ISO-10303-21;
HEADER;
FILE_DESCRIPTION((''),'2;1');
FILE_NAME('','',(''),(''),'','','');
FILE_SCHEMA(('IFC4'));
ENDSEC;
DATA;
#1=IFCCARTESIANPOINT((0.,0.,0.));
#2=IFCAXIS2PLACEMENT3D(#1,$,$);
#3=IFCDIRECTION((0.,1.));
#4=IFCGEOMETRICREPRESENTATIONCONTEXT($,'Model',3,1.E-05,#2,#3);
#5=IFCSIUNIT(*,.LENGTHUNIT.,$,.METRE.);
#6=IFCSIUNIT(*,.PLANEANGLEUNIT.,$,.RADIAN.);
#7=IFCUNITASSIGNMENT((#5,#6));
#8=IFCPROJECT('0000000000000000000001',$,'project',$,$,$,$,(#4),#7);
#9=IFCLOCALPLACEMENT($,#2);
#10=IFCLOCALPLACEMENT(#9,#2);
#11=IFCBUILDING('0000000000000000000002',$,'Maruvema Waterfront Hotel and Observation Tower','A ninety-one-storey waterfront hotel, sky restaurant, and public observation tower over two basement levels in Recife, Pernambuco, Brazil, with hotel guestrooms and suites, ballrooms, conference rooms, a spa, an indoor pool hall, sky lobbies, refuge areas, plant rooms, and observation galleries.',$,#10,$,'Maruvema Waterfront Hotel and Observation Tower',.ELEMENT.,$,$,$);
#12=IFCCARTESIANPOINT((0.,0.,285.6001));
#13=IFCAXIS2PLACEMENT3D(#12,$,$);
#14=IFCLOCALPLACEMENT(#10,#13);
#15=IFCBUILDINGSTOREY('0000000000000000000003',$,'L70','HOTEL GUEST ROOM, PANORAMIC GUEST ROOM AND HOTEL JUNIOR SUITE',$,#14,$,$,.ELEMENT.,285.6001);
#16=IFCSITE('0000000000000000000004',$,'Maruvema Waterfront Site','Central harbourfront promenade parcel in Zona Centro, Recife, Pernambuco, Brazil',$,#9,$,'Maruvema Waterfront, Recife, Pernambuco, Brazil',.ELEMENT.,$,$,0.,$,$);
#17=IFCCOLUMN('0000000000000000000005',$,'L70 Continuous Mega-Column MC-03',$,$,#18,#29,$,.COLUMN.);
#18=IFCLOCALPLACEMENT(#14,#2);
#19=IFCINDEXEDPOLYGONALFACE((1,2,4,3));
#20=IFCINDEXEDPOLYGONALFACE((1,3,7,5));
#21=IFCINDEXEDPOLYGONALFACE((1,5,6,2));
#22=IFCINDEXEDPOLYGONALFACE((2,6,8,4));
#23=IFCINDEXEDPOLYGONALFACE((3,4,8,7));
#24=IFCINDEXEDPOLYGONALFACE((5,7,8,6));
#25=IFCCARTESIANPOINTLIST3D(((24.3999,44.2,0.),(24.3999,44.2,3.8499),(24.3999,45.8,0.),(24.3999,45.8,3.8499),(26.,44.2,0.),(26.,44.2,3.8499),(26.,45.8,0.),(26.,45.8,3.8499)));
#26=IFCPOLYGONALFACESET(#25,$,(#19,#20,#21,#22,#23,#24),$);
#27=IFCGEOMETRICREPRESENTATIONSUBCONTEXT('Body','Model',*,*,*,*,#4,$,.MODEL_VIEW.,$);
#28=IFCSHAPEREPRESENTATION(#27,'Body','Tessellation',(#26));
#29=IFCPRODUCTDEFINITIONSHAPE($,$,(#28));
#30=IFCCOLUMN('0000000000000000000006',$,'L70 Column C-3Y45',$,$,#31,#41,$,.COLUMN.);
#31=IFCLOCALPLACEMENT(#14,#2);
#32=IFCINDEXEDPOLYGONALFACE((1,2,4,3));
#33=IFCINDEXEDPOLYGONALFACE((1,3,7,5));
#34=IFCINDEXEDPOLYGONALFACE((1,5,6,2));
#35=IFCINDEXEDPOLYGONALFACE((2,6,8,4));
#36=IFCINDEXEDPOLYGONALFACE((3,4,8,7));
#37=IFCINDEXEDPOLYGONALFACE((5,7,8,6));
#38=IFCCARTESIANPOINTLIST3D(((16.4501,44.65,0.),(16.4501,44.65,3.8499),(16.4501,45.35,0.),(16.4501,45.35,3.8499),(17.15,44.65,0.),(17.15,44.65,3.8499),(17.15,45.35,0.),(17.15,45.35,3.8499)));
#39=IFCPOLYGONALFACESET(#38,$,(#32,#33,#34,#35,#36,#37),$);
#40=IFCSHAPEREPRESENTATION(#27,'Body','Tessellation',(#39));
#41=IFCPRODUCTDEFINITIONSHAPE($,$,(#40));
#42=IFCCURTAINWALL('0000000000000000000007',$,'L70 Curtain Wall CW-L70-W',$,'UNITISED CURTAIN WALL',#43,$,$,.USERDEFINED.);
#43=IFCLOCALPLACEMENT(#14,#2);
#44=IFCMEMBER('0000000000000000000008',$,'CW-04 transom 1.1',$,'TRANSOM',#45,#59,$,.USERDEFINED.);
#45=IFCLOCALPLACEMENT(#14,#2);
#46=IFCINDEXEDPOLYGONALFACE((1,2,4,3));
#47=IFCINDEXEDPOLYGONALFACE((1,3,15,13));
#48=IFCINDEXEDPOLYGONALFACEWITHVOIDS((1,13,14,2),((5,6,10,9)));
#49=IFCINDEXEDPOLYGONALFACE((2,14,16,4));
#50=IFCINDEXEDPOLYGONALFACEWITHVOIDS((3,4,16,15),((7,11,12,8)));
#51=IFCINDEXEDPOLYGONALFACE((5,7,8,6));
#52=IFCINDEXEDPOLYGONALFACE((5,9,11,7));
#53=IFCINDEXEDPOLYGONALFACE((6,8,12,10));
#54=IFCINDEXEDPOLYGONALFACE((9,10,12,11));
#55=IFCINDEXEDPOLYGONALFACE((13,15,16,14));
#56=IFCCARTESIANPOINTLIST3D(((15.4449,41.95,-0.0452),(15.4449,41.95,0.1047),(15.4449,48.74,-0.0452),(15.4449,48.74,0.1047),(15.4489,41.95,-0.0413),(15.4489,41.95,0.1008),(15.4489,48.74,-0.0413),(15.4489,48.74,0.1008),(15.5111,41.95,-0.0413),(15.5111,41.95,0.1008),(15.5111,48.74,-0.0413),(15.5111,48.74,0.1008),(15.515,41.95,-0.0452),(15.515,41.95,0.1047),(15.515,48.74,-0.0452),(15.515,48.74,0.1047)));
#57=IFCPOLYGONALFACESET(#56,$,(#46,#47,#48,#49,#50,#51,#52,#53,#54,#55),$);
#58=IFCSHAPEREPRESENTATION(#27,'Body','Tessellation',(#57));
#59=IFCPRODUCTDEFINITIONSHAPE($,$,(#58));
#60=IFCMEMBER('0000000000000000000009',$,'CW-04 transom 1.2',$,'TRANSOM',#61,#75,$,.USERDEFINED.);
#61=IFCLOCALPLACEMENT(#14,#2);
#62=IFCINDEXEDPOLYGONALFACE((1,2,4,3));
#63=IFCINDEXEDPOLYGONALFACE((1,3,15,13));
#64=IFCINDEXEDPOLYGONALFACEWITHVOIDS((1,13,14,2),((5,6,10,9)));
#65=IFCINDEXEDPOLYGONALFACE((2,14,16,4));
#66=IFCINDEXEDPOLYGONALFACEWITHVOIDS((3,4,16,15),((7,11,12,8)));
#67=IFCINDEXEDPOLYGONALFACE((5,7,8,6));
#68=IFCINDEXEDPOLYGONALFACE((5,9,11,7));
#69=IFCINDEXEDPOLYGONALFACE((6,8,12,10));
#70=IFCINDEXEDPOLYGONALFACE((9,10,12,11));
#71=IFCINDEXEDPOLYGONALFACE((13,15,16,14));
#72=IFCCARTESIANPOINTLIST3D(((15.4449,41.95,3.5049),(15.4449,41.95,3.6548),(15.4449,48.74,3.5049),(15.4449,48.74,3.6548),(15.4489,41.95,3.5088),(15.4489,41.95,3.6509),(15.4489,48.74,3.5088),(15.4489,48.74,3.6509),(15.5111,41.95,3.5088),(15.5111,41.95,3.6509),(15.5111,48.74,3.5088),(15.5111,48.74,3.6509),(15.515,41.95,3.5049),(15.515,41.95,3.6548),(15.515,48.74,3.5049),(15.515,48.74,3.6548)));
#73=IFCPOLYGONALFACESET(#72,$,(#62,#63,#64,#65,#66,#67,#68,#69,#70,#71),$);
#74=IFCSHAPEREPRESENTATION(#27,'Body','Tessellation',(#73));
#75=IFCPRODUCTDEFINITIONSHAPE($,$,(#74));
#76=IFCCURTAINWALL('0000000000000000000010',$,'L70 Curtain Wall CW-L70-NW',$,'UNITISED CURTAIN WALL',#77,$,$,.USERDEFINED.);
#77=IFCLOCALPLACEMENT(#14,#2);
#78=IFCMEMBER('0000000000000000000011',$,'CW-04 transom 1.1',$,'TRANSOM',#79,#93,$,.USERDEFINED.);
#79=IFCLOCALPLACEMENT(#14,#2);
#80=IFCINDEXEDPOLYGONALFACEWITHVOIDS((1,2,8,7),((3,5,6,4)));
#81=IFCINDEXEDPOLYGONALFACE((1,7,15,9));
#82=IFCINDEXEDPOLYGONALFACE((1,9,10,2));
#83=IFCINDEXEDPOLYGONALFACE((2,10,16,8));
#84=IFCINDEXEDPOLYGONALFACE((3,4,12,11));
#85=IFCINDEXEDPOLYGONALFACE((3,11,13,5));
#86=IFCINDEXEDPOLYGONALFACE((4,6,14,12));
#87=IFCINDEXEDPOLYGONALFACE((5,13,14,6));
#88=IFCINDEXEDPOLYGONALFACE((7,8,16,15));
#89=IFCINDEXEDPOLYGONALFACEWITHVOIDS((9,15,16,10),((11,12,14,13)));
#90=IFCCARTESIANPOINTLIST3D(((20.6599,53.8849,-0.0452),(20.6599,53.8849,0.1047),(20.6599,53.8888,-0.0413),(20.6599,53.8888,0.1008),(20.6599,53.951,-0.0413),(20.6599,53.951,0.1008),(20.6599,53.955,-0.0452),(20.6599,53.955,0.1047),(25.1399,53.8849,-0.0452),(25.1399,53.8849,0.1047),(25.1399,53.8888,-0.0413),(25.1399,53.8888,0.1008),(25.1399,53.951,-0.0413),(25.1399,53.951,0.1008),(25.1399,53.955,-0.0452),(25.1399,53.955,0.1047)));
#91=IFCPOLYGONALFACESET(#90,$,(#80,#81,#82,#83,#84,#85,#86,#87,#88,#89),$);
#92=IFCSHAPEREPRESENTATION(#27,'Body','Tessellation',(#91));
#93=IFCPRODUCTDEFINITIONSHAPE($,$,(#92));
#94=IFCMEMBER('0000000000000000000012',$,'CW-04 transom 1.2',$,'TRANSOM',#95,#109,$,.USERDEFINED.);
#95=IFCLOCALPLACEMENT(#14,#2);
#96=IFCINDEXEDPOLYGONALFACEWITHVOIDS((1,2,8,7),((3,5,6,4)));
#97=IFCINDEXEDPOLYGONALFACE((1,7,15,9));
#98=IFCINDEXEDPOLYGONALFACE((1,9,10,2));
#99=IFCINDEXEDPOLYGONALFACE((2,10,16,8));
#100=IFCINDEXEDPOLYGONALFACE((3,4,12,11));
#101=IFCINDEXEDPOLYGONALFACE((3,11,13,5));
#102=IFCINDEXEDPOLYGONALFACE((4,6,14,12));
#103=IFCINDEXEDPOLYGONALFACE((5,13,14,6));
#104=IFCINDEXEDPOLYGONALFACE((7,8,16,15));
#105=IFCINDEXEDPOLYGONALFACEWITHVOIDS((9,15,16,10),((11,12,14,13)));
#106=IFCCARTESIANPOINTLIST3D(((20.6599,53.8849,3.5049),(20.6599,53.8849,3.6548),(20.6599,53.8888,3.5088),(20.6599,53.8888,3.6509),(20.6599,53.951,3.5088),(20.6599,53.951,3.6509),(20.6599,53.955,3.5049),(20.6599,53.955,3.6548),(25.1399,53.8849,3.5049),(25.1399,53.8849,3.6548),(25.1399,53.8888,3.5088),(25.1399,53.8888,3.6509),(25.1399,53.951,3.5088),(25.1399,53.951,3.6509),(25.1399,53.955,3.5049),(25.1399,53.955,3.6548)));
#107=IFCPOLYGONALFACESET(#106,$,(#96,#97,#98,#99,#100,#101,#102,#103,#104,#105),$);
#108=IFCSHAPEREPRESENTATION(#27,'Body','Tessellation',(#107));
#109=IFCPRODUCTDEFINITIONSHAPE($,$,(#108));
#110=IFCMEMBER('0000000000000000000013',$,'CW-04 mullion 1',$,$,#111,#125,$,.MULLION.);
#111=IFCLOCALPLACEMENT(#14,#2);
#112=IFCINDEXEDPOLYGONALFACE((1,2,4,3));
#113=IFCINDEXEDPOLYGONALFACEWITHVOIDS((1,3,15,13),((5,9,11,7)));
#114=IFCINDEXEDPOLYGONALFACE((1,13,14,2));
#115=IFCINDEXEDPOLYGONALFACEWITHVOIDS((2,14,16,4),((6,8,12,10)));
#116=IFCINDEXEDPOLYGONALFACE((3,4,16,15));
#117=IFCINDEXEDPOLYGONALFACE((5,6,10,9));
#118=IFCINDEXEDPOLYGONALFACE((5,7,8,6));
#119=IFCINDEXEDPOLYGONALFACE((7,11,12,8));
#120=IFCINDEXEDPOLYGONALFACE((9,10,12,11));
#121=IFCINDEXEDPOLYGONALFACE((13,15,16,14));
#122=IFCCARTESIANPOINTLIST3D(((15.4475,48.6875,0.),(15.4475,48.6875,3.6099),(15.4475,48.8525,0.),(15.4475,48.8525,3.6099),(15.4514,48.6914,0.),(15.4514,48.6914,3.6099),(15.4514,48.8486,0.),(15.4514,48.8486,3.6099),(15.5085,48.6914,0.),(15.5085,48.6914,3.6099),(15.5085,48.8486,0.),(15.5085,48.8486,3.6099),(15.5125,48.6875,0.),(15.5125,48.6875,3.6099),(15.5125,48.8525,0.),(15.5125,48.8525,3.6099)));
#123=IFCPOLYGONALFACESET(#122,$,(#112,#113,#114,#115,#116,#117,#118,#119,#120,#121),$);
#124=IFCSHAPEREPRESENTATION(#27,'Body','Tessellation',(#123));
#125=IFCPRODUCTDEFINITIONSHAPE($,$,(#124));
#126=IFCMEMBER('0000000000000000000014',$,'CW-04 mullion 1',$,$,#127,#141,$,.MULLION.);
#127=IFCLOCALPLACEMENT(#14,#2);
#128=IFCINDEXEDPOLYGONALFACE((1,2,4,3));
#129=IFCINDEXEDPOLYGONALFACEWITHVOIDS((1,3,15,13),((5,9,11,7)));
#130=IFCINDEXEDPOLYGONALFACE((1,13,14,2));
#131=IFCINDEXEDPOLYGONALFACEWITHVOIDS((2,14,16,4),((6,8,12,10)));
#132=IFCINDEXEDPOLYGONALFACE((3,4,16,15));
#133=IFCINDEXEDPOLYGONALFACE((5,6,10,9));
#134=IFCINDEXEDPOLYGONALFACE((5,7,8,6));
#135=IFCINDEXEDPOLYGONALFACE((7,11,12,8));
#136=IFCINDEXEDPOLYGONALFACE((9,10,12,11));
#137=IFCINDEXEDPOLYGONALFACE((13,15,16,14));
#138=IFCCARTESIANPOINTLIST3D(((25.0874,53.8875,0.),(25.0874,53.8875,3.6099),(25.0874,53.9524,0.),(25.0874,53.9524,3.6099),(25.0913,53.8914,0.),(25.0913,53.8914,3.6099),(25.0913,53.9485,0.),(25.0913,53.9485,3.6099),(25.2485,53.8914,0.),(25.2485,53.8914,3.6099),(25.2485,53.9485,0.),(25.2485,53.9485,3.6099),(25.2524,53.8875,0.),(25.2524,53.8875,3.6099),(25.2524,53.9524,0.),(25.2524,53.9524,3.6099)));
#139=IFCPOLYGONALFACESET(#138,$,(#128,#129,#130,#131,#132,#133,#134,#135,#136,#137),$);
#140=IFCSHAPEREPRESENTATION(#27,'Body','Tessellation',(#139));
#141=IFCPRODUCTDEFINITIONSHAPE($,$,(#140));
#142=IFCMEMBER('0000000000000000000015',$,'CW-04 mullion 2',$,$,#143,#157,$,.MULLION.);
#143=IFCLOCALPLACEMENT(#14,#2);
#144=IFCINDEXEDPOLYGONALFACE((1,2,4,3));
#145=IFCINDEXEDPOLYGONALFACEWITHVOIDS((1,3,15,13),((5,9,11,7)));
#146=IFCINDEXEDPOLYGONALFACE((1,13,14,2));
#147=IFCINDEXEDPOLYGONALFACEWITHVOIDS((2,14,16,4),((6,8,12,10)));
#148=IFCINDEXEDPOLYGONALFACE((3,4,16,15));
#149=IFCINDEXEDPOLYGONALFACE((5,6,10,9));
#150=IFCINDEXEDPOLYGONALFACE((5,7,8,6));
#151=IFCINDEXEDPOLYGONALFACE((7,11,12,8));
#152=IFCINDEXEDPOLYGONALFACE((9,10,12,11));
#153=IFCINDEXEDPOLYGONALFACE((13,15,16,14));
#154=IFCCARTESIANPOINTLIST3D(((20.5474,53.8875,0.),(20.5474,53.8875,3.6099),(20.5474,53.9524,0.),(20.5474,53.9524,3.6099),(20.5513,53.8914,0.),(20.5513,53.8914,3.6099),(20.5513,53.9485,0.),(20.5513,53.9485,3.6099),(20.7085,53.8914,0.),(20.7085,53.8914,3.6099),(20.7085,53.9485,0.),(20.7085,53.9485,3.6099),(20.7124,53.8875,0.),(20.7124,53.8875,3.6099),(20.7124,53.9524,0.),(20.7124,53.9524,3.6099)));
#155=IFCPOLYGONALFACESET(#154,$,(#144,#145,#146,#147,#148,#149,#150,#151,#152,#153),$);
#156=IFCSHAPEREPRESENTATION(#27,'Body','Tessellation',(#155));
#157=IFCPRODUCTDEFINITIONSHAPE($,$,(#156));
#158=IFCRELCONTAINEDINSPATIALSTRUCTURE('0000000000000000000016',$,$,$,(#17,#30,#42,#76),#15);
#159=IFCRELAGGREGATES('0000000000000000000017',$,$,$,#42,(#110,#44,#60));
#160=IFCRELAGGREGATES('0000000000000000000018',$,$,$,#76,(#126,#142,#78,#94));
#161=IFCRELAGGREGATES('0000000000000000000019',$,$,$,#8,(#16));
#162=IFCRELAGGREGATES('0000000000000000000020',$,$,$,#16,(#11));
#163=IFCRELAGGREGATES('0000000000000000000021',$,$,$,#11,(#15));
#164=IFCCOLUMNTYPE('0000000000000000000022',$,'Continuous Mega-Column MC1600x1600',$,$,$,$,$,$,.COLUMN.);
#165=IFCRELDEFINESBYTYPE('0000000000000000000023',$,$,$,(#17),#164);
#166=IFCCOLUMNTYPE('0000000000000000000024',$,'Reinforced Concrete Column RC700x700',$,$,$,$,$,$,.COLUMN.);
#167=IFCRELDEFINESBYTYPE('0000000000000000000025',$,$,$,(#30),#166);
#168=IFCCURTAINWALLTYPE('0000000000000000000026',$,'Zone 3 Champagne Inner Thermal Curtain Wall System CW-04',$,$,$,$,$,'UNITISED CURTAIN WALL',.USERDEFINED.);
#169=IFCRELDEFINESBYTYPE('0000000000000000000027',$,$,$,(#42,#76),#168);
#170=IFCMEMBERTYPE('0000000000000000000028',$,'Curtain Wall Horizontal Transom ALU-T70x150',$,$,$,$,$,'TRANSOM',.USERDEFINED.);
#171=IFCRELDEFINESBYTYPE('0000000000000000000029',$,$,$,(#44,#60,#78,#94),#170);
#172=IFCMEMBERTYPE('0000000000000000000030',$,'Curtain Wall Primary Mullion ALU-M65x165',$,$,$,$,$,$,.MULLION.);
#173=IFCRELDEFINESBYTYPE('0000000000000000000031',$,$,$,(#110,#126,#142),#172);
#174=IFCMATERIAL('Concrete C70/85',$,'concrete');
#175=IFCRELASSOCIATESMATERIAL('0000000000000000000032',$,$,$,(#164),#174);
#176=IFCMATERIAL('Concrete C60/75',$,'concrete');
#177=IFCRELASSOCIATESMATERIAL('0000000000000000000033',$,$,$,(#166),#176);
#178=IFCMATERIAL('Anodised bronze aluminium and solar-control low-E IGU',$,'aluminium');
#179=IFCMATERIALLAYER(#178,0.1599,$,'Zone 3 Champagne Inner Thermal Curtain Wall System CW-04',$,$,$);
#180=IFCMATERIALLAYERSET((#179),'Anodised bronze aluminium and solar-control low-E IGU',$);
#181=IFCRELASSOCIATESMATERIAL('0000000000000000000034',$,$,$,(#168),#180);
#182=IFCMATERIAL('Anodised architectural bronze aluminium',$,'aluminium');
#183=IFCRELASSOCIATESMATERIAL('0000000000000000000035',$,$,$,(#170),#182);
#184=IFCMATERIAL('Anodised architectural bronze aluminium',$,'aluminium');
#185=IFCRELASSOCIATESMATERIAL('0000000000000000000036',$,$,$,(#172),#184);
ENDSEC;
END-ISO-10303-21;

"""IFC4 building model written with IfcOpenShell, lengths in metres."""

from ifc_helpers import new_model, si_unit, direction, frame, origin, origin_2d, place, context, subcontext, project, spatial, rectangle, hollow_rectangle, extrude, material, layer, layer_set, material_profile, profile_set, type_object, element, aggregate, save


model = new_model("IFC4")

# Units and contexts
model_context = context("Model", 3, precision=1e-05, world=origin(), true_north=direction((0.0, 1.0)))
body_context = subcontext(model_context, "Body", "Model", "MODEL_VIEW")
ifc_project = project(units=[si_unit("LENGTHUNIT", "METRE"), si_unit("PLANEANGLEUNIT", "RADIAN")], contexts=[model_context])

# Site, building, storey
site_placement = place(None, origin())
site = spatial("IfcSite", under=ifc_project, at=site_placement, Name="Maruvema Waterfront Site", Description="Central harbourfront promenade parcel in Zona Centro, Recife, Pernambuco, Brazil", LongName="Maruvema Waterfront, Recife, Pernambuco, Brazil", CompositionType="ELEMENT", RefElevation=0.0)
building_placement = place(site_placement, origin())
building = spatial("IfcBuilding", under=site, at=building_placement, Name="Maruvema Waterfront Hotel and Observation Tower", Description="A ninety-one-storey waterfront hotel, sky restaurant, and public observation tower over two basement levels in Recife, Pernambuco, Brazil, with hotel guestrooms and suites, ballrooms, conference rooms, a spa, an indoor pool hall, sky lobbies, refuge areas, plant rooms, and observation galleries.", LongName="Maruvema Waterfront Hotel and Observation Tower", CompositionType="ELEMENT")
storey_placement = place(building_placement, frame((0.0, 0.0, 285.6001)))
storey = spatial("IfcBuildingStorey", under=building, at=storey_placement, Name="L70", Description="HOTEL GUEST ROOM, PANORAMIC GUEST ROOM AND HOTEL JUNIOR SUITE", CompositionType="ELEMENT", Elevation=285.6001)

# Columns
ifc_material_1 = material(Name="Concrete C70/85", Category="concrete")
ifc_material_profile_1 = material_profile(ifc_material_1, rectangle(XDim=1.6001, YDim=1.6001, at=origin_2d()), Name="MC1600x1600")
ifc_profile_set_1 = profile_set([ifc_material_profile_1], Name="Concrete C70/85")
column_type_1 = type_object("IfcColumnType", Name="Continuous Mega-Column MC1600x1600", PredefinedType="COLUMN", material=ifc_profile_set_1)
column_1_placement = place(storey_placement, frame((25.2, 45.0, 0.0), z_axis=(0.0, 0.0, 1.0), x_axis=(1.0, 0.0, 0.0)))
element("IfcColumn", 1, at=column_1_placement, inside=storey, type_object=column_type_1, Name="L70 Continuous Mega-Column MC-03", PredefinedType="COLUMN", context=body_context, shape_type="SweptSolid", body=[
    extrude(rectangle(XDim=1.6001, YDim=1.6001, at=origin_2d()), origin(), (0.0, 0.0, 1.0), 3.8499),
])
ifc_material_2 = material(Name="Concrete C60/75", Category="concrete")
ifc_material_profile_2 = material_profile(ifc_material_2, rectangle(XDim=0.7, YDim=0.7, at=origin_2d()), Name="RC700x700")
ifc_profile_set_2 = profile_set([ifc_material_profile_2], Name="Concrete C60/75")
column_type_2 = type_object("IfcColumnType", Name="Reinforced Concrete Column RC700x700", PredefinedType="COLUMN", material=ifc_profile_set_2)
column_2_placement = place(storey_placement, frame((16.8, 45.0, 0.0), z_axis=(0.0, 0.0, 1.0), x_axis=(1.0, 0.0, 0.0)))
element("IfcColumn", 2, at=column_2_placement, inside=storey, type_object=column_type_2, Name="L70 Column C-3Y45", PredefinedType="COLUMN", context=body_context, shape_type="SweptSolid", body=[
    extrude(rectangle(XDim=0.7, YDim=0.7, at=origin_2d()), origin(), (0.0, 0.0, 1.0), 3.8499),
])

# Curtain walls, members
ifc_material_3 = material(Name="Anodised bronze aluminium and solar-control low-E IGU", Category="aluminium")
ifc_layer_1 = layer(ifc_material_3, 0.1599, Name="Zone 3 Champagne Inner Thermal Curtain Wall System CW-04")
ifc_layer_set_1 = layer_set([ifc_layer_1], Name="Anodised bronze aluminium and solar-control low-E IGU")
curtain_wall_type = type_object("IfcCurtainWallType", Name="Zone 3 Champagne Inner Thermal Curtain Wall System CW-04", ElementType="UNITISED CURTAIN WALL", PredefinedType="USERDEFINED", material=ifc_layer_set_1)
curtain_wall_1_placement = place(storey_placement, origin())
curtain_wall_1 = element("IfcCurtainWall", 3, at=curtain_wall_1_placement, inside=storey, type_object=curtain_wall_type, Name="L70 Curtain Wall CW-L70-W", ObjectType="UNITISED CURTAIN WALL", PredefinedType="USERDEFINED")
ifc_material_4 = material(Name="Anodised architectural bronze aluminium", Category="aluminium")
ifc_material_profile_3 = material_profile(ifc_material_4, hollow_rectangle(XDim=0.0701, YDim=0.1499, WallThickness=0.0039, at=origin_2d()), Name="ALU-T70x150")
ifc_profile_set_3 = profile_set([ifc_material_profile_3], Name="Anodised architectural bronze aluminium")
member_type_1 = type_object("IfcMemberType", Name="Curtain Wall Horizontal Transom ALU-T70x150", ElementType="TRANSOM", PredefinedType="USERDEFINED", material=ifc_profile_set_3)
member_1_placement = place(storey_placement, frame((15.48, 48.74, 0.0298), z_axis=(0.0, -1.0, 0.0), x_axis=(1.0, 0.0, 0.0)))
member_1 = element("IfcMember", 4, at=member_1_placement, type_object=member_type_1, Name="CW-04 transom 1.1", ObjectType="TRANSOM", PredefinedType="USERDEFINED", context=body_context, shape_type="SweptSolid", body=[
    extrude(hollow_rectangle(XDim=0.0701, YDim=0.1499, WallThickness=0.0039, at=origin_2d()), origin(), (0.0, 0.0, 1.0), 6.79),
])
member_2_placement = place(storey_placement, frame((15.48, 48.74, 3.5798), z_axis=(0.0, -1.0, 0.0), x_axis=(1.0, 0.0, 0.0)))
member_2 = element("IfcMember", 5, at=member_2_placement, type_object=member_type_1, Name="CW-04 transom 1.2", ObjectType="TRANSOM", PredefinedType="USERDEFINED", context=body_context, shape_type="SweptSolid", body=[
    extrude(hollow_rectangle(XDim=0.0701, YDim=0.1499, WallThickness=0.0039, at=origin_2d()), origin(), (0.0, 0.0, 1.0), 6.79),
])
curtain_wall_2_placement = place(storey_placement, origin())
curtain_wall_2 = element("IfcCurtainWall", 6, at=curtain_wall_2_placement, inside=storey, type_object=curtain_wall_type, Name="L70 Curtain Wall CW-L70-NW", ObjectType="UNITISED CURTAIN WALL", PredefinedType="USERDEFINED")
member_3_placement = place(storey_placement, frame((25.1399, 53.9199, 0.0298), z_axis=(-1.0, 0.0, 0.0), x_axis=(0.0, -1.0, 0.0)))
member_3 = element("IfcMember", 7, at=member_3_placement, type_object=member_type_1, Name="CW-04 transom 1.1", ObjectType="TRANSOM", PredefinedType="USERDEFINED", context=body_context, shape_type="SweptSolid", body=[
    extrude(hollow_rectangle(XDim=0.0701, YDim=0.1499, WallThickness=0.0039, at=origin_2d()), origin(), (0.0, 0.0, 1.0), 4.48),
])
member_4_placement = place(storey_placement, frame((25.1399, 53.9199, 3.5798), z_axis=(-1.0, 0.0, 0.0), x_axis=(0.0, -1.0, 0.0)))
member_4 = element("IfcMember", 8, at=member_4_placement, type_object=member_type_1, Name="CW-04 transom 1.2", ObjectType="TRANSOM", PredefinedType="USERDEFINED", context=body_context, shape_type="SweptSolid", body=[
    extrude(hollow_rectangle(XDim=0.0701, YDim=0.1499, WallThickness=0.0039, at=origin_2d()), origin(), (0.0, 0.0, 1.0), 4.48),
])

# Members
ifc_material_5 = material(Name="Anodised architectural bronze aluminium", Category="aluminium")
ifc_material_profile_4 = material_profile(ifc_material_5, hollow_rectangle(XDim=0.0649, YDim=0.165, WallThickness=0.0039, at=origin_2d()), Name="ALU-M65x165")
ifc_profile_set_4 = profile_set([ifc_material_profile_4], Name="Anodised architectural bronze aluminium")
member_type_2 = type_object("IfcMemberType", Name="Curtain Wall Primary Mullion ALU-M65x165", PredefinedType="MULLION", material=ifc_profile_set_4)
member_5_placement = place(storey_placement, frame((15.48, 48.77, 0.0), z_axis=(0.0, 0.0, 1.0), x_axis=(1.0, 0.0, 0.0)))
member_5 = element("IfcMember", 9, at=member_5_placement, type_object=member_type_2, Name="CW-04 mullion 1", PredefinedType="MULLION", context=body_context, shape_type="SweptSolid", body=[
    extrude(hollow_rectangle(XDim=0.0649, YDim=0.165, WallThickness=0.0039, at=origin_2d()), origin(), (0.0, 0.0, 1.0), 3.6099),
])
member_6_placement = place(storey_placement, frame((25.1699, 53.9199, 0.0), z_axis=(0.0, 0.0, 1.0), x_axis=(0.0, -1.0, 0.0)))
member_6 = element("IfcMember", 10, at=member_6_placement, type_object=member_type_2, Name="CW-04 mullion 1", PredefinedType="MULLION", context=body_context, shape_type="SweptSolid", body=[
    extrude(hollow_rectangle(XDim=0.0649, YDim=0.165, WallThickness=0.0039, at=origin_2d()), origin(), (0.0, 0.0, 1.0), 3.6099),
])
member_7_placement = place(storey_placement, frame((20.6299, 53.9199, 0.0), z_axis=(0.0, 0.0, 1.0), x_axis=(0.0, -1.0, 0.0)))
member_7 = element("IfcMember", 11, at=member_7_placement, type_object=member_type_2, Name="CW-04 mullion 2", PredefinedType="MULLION", context=body_context, shape_type="SweptSolid", body=[
    extrude(hollow_rectangle(XDim=0.0649, YDim=0.165, WallThickness=0.0039, at=origin_2d()), origin(), (0.0, 0.0, 1.0), 3.6099),
])

aggregate(curtain_wall_1, [member_5, member_1, member_2])
aggregate(curtain_wall_2, [member_6, member_7, member_3, member_4])

save(model, "model.ifc")
